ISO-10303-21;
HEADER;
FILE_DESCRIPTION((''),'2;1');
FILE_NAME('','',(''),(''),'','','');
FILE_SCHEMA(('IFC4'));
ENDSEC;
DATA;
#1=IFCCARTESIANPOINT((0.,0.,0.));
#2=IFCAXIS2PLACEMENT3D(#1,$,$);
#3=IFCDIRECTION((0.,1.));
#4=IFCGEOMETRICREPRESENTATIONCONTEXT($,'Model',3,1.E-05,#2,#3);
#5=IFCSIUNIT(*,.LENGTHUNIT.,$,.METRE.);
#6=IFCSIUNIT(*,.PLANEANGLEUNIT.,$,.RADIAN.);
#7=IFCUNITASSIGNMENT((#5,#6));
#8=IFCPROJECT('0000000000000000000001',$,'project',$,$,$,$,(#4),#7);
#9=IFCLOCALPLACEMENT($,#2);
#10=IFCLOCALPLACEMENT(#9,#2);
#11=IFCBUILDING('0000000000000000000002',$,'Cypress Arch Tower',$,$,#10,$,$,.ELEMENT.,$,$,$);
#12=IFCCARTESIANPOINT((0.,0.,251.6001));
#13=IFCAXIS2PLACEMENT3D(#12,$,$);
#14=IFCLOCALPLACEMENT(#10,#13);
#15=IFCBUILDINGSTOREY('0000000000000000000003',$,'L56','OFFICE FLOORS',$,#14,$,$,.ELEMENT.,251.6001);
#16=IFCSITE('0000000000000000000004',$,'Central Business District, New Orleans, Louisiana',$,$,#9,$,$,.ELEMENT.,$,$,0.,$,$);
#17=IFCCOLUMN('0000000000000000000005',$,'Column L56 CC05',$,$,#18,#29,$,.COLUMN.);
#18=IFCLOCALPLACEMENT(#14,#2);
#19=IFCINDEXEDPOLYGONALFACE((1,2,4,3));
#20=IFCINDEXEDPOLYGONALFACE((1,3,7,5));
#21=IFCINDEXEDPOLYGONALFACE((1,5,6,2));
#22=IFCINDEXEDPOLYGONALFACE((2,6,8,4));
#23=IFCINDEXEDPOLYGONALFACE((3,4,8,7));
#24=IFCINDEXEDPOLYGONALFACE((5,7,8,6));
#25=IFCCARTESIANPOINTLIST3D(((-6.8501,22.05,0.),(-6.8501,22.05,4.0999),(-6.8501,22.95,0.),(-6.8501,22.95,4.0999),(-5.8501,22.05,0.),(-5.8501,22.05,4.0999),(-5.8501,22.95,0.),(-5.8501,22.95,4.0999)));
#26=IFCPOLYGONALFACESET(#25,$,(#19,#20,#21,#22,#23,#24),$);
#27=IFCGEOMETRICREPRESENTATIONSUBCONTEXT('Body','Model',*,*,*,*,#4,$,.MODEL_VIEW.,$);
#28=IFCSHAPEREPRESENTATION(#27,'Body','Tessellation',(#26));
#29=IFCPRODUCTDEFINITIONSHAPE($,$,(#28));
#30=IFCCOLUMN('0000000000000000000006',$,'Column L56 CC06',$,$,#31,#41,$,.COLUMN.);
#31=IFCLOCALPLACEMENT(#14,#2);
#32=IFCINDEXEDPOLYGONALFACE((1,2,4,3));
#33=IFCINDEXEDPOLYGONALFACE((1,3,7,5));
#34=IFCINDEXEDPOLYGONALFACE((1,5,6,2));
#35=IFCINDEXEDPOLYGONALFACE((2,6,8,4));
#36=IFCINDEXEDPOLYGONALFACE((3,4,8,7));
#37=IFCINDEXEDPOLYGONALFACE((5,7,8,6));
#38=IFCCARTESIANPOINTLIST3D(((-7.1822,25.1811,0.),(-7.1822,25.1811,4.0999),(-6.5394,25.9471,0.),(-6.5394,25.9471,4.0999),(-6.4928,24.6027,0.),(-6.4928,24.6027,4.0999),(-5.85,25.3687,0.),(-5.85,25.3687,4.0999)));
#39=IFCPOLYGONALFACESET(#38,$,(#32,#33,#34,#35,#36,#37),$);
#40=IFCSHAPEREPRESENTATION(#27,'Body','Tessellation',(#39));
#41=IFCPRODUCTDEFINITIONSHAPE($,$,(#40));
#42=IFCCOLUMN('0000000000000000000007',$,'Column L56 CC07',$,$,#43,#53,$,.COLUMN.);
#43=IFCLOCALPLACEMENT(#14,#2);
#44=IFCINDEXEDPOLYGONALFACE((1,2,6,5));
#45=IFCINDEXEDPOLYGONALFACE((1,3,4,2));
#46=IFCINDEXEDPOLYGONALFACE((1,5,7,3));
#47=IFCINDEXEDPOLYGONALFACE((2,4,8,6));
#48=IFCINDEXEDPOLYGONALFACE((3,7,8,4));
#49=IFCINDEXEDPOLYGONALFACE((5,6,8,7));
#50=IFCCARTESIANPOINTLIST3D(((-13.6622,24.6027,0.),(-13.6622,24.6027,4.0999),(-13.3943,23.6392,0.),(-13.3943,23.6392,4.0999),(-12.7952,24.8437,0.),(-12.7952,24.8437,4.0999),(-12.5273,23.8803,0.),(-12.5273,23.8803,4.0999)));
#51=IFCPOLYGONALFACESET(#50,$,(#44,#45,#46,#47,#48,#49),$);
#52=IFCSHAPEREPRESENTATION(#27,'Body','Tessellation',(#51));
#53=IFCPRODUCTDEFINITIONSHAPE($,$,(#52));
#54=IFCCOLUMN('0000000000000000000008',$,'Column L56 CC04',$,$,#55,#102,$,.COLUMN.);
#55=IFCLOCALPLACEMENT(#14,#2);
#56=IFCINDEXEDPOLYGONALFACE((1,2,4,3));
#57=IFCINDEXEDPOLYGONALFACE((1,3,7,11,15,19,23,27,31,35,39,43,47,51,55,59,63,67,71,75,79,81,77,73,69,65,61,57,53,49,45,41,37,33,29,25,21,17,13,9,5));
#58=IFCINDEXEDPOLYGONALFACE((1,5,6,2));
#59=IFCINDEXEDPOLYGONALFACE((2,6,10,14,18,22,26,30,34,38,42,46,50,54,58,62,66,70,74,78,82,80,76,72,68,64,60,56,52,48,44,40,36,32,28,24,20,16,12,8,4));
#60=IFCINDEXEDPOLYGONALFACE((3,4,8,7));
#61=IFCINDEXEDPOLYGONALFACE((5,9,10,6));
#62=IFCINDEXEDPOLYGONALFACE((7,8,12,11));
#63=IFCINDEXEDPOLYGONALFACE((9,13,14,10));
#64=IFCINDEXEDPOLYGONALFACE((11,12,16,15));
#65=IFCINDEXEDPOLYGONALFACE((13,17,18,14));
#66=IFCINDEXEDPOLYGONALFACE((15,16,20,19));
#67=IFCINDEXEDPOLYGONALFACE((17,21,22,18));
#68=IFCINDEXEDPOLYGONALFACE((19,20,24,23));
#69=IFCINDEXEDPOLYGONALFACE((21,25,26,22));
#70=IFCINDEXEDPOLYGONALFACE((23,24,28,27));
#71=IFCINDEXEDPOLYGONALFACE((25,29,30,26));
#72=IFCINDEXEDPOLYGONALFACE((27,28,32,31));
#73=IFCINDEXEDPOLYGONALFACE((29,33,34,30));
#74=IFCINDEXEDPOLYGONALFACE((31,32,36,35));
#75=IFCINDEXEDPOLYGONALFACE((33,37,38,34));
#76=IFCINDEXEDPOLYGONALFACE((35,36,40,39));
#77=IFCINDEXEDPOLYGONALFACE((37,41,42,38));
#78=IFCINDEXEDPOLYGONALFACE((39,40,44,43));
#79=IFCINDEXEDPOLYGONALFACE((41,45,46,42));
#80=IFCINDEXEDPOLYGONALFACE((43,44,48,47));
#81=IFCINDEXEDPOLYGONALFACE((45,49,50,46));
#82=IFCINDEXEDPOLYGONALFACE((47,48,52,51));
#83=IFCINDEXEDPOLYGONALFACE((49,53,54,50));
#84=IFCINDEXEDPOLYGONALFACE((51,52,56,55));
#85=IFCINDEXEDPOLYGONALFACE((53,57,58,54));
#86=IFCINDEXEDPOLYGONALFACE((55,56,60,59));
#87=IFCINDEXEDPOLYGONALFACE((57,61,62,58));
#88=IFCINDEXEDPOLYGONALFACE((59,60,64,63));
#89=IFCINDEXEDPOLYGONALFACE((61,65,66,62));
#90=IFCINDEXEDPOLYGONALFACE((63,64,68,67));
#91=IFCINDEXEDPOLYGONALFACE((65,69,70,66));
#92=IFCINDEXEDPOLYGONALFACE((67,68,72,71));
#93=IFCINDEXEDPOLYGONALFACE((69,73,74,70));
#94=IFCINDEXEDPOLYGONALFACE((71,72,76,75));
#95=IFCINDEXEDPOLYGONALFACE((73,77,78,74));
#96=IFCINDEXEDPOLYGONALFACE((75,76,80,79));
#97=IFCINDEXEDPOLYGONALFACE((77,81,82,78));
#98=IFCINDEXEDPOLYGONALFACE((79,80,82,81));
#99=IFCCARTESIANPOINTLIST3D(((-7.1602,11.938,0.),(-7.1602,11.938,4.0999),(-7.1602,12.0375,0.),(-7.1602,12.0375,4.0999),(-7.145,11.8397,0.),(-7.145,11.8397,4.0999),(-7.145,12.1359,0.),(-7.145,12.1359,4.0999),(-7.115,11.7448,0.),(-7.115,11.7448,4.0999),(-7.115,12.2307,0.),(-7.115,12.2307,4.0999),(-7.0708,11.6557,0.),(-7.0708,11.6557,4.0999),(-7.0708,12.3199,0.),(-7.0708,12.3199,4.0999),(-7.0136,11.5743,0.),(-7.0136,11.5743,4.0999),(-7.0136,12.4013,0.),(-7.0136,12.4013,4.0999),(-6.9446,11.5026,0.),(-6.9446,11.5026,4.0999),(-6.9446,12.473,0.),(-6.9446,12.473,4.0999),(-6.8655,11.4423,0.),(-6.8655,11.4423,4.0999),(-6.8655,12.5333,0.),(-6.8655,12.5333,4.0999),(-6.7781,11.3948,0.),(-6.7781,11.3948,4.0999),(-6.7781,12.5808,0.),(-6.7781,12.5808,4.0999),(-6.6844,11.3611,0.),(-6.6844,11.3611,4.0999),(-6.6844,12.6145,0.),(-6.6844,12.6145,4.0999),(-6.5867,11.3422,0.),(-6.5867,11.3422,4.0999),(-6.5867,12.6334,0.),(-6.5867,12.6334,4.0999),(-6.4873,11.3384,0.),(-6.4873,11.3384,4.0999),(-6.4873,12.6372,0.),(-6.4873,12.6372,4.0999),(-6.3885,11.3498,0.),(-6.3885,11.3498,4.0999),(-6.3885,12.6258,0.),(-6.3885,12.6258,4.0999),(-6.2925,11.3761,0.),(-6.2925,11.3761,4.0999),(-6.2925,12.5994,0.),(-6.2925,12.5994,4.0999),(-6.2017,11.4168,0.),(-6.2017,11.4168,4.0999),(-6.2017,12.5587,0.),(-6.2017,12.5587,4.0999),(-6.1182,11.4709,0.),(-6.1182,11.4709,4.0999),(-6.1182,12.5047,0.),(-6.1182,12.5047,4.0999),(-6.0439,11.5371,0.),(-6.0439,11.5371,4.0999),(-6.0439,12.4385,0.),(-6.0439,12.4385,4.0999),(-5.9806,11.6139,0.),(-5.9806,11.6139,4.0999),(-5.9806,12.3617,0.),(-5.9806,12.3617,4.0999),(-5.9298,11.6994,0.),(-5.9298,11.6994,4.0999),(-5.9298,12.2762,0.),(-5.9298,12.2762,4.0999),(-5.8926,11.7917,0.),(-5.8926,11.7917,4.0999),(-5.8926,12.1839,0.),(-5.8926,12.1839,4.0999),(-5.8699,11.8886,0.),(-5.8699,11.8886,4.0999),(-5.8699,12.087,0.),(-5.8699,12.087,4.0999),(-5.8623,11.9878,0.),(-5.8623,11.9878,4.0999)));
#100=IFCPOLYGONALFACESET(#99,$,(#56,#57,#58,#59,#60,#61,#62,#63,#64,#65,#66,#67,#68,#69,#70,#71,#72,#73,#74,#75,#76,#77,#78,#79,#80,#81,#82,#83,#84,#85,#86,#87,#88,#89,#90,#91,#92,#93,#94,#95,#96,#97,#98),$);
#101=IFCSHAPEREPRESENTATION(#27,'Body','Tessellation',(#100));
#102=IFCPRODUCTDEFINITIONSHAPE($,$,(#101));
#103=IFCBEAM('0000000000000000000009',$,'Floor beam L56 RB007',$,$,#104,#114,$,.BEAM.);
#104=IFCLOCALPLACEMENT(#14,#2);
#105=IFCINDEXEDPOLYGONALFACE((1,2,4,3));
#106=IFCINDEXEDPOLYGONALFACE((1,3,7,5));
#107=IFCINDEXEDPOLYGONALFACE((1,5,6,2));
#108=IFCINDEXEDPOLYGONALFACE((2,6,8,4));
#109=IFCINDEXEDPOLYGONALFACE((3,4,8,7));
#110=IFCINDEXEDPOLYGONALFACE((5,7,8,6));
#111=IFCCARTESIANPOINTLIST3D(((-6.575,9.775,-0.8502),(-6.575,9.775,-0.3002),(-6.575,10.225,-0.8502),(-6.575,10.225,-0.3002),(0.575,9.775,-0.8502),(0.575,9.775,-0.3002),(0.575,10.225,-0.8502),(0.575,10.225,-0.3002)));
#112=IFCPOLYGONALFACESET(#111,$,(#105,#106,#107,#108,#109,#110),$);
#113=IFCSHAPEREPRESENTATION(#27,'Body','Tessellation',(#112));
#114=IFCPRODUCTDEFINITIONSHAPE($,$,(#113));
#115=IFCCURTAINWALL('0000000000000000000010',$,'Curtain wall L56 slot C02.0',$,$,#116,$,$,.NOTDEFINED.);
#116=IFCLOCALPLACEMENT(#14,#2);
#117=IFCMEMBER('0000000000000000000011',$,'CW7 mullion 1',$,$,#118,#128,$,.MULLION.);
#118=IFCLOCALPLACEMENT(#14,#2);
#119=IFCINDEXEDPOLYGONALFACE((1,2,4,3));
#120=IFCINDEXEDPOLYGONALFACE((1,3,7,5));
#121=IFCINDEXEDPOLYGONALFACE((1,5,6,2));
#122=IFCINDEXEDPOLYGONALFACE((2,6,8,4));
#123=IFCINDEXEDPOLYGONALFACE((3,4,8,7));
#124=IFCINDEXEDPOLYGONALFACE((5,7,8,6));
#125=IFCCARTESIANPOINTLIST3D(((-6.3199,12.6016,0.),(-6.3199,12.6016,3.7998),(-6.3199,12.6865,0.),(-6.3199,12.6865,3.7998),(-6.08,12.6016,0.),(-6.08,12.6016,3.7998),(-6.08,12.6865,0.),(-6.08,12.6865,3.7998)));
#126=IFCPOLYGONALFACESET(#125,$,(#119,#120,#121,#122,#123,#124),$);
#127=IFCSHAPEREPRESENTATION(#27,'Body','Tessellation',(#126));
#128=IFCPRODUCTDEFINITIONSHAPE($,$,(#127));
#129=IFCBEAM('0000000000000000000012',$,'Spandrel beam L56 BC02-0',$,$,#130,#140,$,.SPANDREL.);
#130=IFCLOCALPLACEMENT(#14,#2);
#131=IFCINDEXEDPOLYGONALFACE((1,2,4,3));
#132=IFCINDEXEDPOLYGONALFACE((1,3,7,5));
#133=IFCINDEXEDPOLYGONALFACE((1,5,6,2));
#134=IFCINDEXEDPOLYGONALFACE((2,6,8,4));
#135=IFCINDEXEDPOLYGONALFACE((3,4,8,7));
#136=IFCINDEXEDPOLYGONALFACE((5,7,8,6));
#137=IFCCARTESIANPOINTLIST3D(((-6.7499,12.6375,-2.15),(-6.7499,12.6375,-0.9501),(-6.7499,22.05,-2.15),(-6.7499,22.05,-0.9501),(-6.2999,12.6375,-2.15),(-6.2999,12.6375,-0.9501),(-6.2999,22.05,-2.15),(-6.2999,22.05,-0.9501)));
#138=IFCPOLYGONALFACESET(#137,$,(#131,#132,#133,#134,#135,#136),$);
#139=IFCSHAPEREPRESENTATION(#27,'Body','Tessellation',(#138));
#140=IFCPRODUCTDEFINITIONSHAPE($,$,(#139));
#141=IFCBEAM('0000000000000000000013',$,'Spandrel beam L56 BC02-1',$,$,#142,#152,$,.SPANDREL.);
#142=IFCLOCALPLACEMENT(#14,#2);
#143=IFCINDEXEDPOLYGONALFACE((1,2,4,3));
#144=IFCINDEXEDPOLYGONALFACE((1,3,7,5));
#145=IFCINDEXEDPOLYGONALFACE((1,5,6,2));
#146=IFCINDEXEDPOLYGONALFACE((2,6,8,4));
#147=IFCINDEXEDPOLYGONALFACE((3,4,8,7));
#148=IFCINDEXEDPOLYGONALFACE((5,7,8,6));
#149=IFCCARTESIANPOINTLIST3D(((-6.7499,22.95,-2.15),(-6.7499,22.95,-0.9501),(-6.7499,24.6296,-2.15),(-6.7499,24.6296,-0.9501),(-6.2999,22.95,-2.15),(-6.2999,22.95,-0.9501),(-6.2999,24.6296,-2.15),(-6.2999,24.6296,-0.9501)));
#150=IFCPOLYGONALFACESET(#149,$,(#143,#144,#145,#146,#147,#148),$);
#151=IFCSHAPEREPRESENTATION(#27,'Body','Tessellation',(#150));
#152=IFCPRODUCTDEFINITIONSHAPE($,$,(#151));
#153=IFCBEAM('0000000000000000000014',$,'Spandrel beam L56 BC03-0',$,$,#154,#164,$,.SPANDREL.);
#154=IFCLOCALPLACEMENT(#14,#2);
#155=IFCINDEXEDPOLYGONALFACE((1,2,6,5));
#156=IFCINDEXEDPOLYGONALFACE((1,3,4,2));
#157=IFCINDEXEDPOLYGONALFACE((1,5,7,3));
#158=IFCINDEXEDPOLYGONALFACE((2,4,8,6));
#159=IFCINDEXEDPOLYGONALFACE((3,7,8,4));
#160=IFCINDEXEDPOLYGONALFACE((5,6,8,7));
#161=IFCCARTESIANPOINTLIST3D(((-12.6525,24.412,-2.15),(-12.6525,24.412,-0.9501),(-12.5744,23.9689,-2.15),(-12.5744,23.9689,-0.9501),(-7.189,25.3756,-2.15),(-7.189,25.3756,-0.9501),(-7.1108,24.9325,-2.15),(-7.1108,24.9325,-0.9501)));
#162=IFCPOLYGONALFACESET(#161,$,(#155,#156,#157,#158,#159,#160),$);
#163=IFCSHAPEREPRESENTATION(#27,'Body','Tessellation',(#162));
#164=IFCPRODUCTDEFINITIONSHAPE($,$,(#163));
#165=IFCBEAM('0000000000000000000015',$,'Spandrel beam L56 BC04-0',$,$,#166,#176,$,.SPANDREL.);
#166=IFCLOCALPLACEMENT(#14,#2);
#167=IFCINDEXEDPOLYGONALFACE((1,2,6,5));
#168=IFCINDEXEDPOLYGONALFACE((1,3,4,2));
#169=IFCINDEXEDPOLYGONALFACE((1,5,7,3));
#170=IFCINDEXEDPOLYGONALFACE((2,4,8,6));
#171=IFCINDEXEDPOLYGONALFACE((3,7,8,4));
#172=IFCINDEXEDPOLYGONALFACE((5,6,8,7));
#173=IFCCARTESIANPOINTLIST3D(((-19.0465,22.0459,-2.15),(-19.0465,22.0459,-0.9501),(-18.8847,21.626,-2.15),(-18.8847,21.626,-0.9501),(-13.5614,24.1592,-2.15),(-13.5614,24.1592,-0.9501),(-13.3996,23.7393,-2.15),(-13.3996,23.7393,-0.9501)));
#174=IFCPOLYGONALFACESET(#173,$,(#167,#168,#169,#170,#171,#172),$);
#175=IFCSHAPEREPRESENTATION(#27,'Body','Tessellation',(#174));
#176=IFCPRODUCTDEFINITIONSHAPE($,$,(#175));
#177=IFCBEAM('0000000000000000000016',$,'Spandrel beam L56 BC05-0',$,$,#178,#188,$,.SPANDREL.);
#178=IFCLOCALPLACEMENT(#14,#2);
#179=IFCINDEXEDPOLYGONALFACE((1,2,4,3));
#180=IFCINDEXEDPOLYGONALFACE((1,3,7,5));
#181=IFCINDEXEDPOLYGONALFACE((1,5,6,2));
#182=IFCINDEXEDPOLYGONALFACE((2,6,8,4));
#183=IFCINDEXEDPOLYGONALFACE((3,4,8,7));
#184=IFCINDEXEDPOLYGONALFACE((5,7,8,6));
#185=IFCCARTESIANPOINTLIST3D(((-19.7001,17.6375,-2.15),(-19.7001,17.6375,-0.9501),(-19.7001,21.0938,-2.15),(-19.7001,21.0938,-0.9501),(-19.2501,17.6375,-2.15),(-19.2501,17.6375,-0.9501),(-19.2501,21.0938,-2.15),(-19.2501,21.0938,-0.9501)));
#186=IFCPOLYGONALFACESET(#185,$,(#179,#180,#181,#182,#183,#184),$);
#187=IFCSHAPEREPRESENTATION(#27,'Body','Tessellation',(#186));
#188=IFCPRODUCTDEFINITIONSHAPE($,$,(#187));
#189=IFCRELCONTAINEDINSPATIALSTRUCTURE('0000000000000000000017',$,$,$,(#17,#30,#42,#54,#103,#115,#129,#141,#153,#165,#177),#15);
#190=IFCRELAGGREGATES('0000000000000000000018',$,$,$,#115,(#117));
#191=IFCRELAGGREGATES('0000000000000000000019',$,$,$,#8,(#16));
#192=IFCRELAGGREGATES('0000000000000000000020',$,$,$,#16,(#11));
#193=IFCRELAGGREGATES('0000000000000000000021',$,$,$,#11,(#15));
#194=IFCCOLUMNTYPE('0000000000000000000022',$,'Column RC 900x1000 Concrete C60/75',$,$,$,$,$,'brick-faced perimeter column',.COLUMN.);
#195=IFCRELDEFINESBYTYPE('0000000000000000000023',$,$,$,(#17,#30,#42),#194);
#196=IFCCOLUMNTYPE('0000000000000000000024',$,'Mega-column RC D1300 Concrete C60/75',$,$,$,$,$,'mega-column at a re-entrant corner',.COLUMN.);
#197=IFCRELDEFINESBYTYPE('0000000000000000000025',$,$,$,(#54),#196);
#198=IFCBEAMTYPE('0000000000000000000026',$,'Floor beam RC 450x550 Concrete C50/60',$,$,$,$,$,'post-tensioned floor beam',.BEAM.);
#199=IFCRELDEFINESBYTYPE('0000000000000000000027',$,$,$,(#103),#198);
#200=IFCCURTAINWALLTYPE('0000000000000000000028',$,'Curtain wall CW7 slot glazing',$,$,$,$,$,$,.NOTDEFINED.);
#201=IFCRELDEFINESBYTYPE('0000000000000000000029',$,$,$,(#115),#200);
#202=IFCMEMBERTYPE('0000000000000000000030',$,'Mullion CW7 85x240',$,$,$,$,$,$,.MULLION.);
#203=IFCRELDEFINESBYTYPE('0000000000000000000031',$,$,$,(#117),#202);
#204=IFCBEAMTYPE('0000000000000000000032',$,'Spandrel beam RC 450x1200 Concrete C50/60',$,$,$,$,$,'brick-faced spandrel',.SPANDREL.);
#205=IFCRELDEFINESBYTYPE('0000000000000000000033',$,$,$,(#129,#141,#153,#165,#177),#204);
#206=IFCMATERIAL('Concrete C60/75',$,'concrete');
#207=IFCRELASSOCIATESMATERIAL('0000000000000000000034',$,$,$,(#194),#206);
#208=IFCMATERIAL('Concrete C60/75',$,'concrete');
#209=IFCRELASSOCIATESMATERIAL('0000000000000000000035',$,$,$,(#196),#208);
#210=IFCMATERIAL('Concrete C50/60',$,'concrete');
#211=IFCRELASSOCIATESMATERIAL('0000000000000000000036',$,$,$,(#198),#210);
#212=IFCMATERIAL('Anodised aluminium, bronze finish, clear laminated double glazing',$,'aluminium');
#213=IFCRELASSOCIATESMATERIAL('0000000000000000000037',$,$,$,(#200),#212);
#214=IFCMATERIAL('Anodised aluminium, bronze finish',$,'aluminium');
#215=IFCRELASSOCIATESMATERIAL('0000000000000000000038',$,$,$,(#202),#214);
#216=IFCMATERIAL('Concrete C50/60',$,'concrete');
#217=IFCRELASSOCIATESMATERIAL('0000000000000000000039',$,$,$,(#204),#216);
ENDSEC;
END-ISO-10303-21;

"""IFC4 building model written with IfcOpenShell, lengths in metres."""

from ifc_helpers import new_model, si_unit, direction, frame, origin, origin_2d, place, context, subcontext, project, spatial, rectangle, circle, extrude, material, material_profile, profile_set, type_object, element, aggregate, save


model = new_model("IFC4")

# Units and contexts
model_context = context("Model", 3, precision=1e-05, world=origin(), true_north=direction((0.0, 1.0)))
body_context = subcontext(model_context, "Body", "Model", "MODEL_VIEW")
ifc_project = project(units=[si_unit("LENGTHUNIT", "METRE"), si_unit("PLANEANGLEUNIT", "RADIAN")], contexts=[model_context])

# Site, building, storey
site_placement = place(None, origin())
site = spatial("IfcSite", under=ifc_project, at=site_placement, Name="Central Business District, New Orleans, Louisiana", CompositionType="ELEMENT", RefElevation=0.0)
building_placement = place(site_placement, origin())
building = spatial("IfcBuilding", under=site, at=building_placement, Name="Cypress Arch Tower", CompositionType="ELEMENT")
storey_placement = place(building_placement, frame((0.0, 0.0, 251.6001)))
storey = spatial("IfcBuildingStorey", under=building, at=storey_placement, Name="L56", Description="OFFICE FLOORS", CompositionType="ELEMENT", Elevation=251.6001)

# Columns
ifc_material_1 = material(Name="Concrete C60/75", Category="concrete")
ifc_material_profile_1 = material_profile(ifc_material_1, rectangle(XDim=0.8999, YDim=1.0, at=origin_2d()), Name="RC 900x1000")
ifc_profile_set_1 = profile_set([ifc_material_profile_1], Name="Concrete C60/75")
column_type_1 = type_object("IfcColumnType", Name="Column RC 900x1000 Concrete C60/75", ElementType="brick-faced perimeter column", PredefinedType="COLUMN", material=ifc_profile_set_1)
for number, where, z_axis, x_axis, name in (
    (1, (-6.3501, 22.5, 0.0), (0.0, 0.0, 1.0), (0.0, 1.0, 0.0), "Column L56 CC05"),
    (2, (-6.5161, 25.2749, 0.0), (0.0, 0.0, 1.0), (-0.766064, 0.642765, 0.0), "Column L56 CC06"),
    (3, (-13.0947, 24.2415, 0.0), (0.0, 0.0, 1.0), (-0.963456, -0.267868, 0.0), "Column L56 CC07"),
):
    element("IfcColumn", number, at=place(storey_placement, frame(where, z_axis=z_axis, x_axis=x_axis)), inside=storey, type_object=column_type_1, Name=name, PredefinedType="COLUMN", context=body_context, shape_type="SweptSolid", body=[
        extrude(rectangle(XDim=0.8999, YDim=1.0, at=origin_2d()), origin(), (0.0, 0.0, 1.0), 4.0999),
    ])
ifc_material_2 = material(Name="Concrete C60/75", Category="concrete")
ifc_material_profile_2 = material_profile(ifc_material_2, circle(Radius=0.6499, at=origin_2d()), Name="RC D1300")
ifc_profile_set_2 = profile_set([ifc_material_profile_2], Name="Concrete C60/75")
column_type_2 = type_object("IfcColumnType", Name="Mega-column RC D1300 Concrete C60/75", ElementType="mega-column at a re-entrant corner", PredefinedType="COLUMN", material=ifc_profile_set_2)
column_placement = place(storey_placement, frame((-6.5122, 11.9878, 0.0), z_axis=(0.0, 0.0, 1.0), x_axis=(1.0, 0.0, 0.0)))
element("IfcColumn", 4, at=column_placement, inside=storey, type_object=column_type_2, Name="Column L56 CC04", PredefinedType="COLUMN", context=body_context, shape_type="SweptSolid", body=[
    extrude(circle(Radius=0.6499, at=origin_2d()), origin(), (0.0, 0.0, 1.0), 4.0999),
])

# Beam
ifc_material_3 = material(Name="Concrete C50/60", Category="concrete")
ifc_material_profile_3 = material_profile(ifc_material_3, rectangle(XDim=0.45, YDim=0.55, at=origin_2d()), Name="RC 450x550")
ifc_profile_set_3 = profile_set([ifc_material_profile_3], Name="Concrete C50/60")
beam_type_1 = type_object("IfcBeamType", Name="Floor beam RC 450x550 Concrete C50/60", ElementType="post-tensioned floor beam", PredefinedType="BEAM", material=ifc_profile_set_3)
beam_1_placement = place(storey_placement, frame((-6.575, 10.0, -0.5752), z_axis=(1.0, 0.0, 0.0), x_axis=(0.0, 1.0, 0.0)))
element("IfcBeam", 5, at=beam_1_placement, inside=storey, type_object=beam_type_1, Name="Floor beam L56 RB007", PredefinedType="BEAM", context=body_context, shape_type="SweptSolid", body=[
    extrude(rectangle(XDim=0.45, YDim=0.55, at=origin_2d()), origin(), (0.0, 0.0, 1.0), 7.1499),
])

# Curtain wall, member
ifc_material_4 = material(Name="Anodised aluminium, bronze finish, clear laminated double glazing", Category="aluminium")
curtain_wall_type = type_object("IfcCurtainWallType", Name="Curtain wall CW7 slot glazing", PredefinedType="NOTDEFINED", material=ifc_material_4)
curtain_wall_placement = place(storey_placement, origin())
curtain_wall = element("IfcCurtainWall", 6, at=curtain_wall_placement, inside=storey, type_object=curtain_wall_type, Name="Curtain wall L56 slot C02.0", PredefinedType="NOTDEFINED")
ifc_material_5 = material(Name="Anodised aluminium, bronze finish", Category="aluminium")
ifc_material_profile_4 = material_profile(ifc_material_5, rectangle(XDim=0.24, YDim=0.085, at=origin_2d()), Name="Mullion 85x240")
ifc_profile_set_4 = profile_set([ifc_material_profile_4], Name="Anodised aluminium, bronze finish")
member_type_1 = type_object("IfcMemberType", Name="Mullion CW7 85x240", PredefinedType="MULLION", material=ifc_profile_set_4)
member_1_placement = place(storey_placement, frame((-6.2, 12.644, 0.0), z_axis=(0.0, 0.0, 1.0), x_axis=(-1.0, 0.0, 0.0)))
member_1 = element("IfcMember", 7, at=member_1_placement, type_object=member_type_1, Name="CW7 mullion 1", PredefinedType="MULLION", context=body_context, shape_type="SweptSolid", body=[
    extrude(rectangle(XDim=0.24, YDim=0.085, at=origin_2d()), origin(), (0.0, 0.0, 1.0), 3.7998),
])

# Beams
ifc_material_6 = material(Name="Concrete C50/60", Category="concrete")
ifc_material_profile_5 = material_profile(ifc_material_6, rectangle(XDim=0.45, YDim=1.2, at=origin_2d()), Name="RC 450x1200")
ifc_profile_set_5 = profile_set([ifc_material_profile_5], Name="Concrete C50/60")
beam_type_2 = type_object("IfcBeamType", Name="Spandrel beam RC 450x1200 Concrete C50/60", ElementType="brick-faced spandrel", PredefinedType="SPANDREL", material=ifc_profile_set_5)
beam_2_placement = place(storey_placement, frame((-6.5249, 12.6375, -1.55), z_axis=(0.0, 1.0, 0.0), x_axis=(-1.0, 0.0, 0.0)))
element("IfcBeam", 8, at=beam_2_placement, inside=storey, type_object=beam_type_2, Name="Spandrel beam L56 BC02-0", PredefinedType="SPANDREL", context=body_context, shape_type="SweptSolid", body=[
    extrude(rectangle(XDim=0.45, YDim=1.2, at=origin_2d()), origin(), (0.0, 0.0, 1.0), 9.4126),
])
beam_3_placement = place(storey_placement, frame((-6.5249, 22.95, -1.55), z_axis=(0.0, 1.0, 0.0), x_axis=(-1.0, 0.0, 0.0)))
element("IfcBeam", 9, at=beam_3_placement, inside=storey, type_object=beam_type_2, Name="Spandrel beam L56 BC02-1", PredefinedType="SPANDREL", context=body_context, shape_type="SweptSolid", body=[
    extrude(rectangle(XDim=0.45, YDim=1.2, at=origin_2d()), origin(), (0.0, 0.0, 1.0), 1.6797),
])
beam_4_placement = place(storey_placement, frame((-7.1499, 25.1541, -1.55), z_axis=(-0.9848, -0.17369, 0.0), x_axis=(0.17369, -0.9848, 0.0)))
element("IfcBeam", 10, at=beam_4_placement, inside=storey, type_object=beam_type_2, Name="Spandrel beam L56 BC03-0", PredefinedType="SPANDREL", context=body_context, shape_type="SweptSolid", body=[
    extrude(rectangle(XDim=0.45, YDim=1.2, at=origin_2d()), origin(), (0.0, 0.0, 1.0), 5.5479),
])
beam_5_placement = place(storey_placement, frame((-13.4805, 23.9492, -1.55), z_axis=(-0.933139, -0.359516, 0.0), x_axis=(0.359516, -0.933139, 0.0)))
element("IfcBeam", 11, at=beam_5_placement, inside=storey, type_object=beam_type_2, Name="Spandrel beam L56 BC04-0", PredefinedType="SPANDREL", context=body_context, shape_type="SweptSolid", body=[
    extrude(rectangle(XDim=0.45, YDim=1.2, at=origin_2d()), origin(), (0.0, 0.0, 1.0), 5.8782),
])
beam_6_placement = place(storey_placement, frame((-19.4751, 21.0938, -1.55), z_axis=(0.0, -1.0, 0.0), x_axis=(1.0, 0.0, 0.0)))
element("IfcBeam", 12, at=beam_6_placement, inside=storey, type_object=beam_type_2, Name="Spandrel beam L56 BC05-0", PredefinedType="SPANDREL", context=body_context, shape_type="SweptSolid", body=[
    extrude(rectangle(XDim=0.45, YDim=1.2, at=origin_2d()), origin(), (0.0, 0.0, 1.0), 3.4563),
])

aggregate(curtain_wall, [member_1])

save(model, "model.ifc")
